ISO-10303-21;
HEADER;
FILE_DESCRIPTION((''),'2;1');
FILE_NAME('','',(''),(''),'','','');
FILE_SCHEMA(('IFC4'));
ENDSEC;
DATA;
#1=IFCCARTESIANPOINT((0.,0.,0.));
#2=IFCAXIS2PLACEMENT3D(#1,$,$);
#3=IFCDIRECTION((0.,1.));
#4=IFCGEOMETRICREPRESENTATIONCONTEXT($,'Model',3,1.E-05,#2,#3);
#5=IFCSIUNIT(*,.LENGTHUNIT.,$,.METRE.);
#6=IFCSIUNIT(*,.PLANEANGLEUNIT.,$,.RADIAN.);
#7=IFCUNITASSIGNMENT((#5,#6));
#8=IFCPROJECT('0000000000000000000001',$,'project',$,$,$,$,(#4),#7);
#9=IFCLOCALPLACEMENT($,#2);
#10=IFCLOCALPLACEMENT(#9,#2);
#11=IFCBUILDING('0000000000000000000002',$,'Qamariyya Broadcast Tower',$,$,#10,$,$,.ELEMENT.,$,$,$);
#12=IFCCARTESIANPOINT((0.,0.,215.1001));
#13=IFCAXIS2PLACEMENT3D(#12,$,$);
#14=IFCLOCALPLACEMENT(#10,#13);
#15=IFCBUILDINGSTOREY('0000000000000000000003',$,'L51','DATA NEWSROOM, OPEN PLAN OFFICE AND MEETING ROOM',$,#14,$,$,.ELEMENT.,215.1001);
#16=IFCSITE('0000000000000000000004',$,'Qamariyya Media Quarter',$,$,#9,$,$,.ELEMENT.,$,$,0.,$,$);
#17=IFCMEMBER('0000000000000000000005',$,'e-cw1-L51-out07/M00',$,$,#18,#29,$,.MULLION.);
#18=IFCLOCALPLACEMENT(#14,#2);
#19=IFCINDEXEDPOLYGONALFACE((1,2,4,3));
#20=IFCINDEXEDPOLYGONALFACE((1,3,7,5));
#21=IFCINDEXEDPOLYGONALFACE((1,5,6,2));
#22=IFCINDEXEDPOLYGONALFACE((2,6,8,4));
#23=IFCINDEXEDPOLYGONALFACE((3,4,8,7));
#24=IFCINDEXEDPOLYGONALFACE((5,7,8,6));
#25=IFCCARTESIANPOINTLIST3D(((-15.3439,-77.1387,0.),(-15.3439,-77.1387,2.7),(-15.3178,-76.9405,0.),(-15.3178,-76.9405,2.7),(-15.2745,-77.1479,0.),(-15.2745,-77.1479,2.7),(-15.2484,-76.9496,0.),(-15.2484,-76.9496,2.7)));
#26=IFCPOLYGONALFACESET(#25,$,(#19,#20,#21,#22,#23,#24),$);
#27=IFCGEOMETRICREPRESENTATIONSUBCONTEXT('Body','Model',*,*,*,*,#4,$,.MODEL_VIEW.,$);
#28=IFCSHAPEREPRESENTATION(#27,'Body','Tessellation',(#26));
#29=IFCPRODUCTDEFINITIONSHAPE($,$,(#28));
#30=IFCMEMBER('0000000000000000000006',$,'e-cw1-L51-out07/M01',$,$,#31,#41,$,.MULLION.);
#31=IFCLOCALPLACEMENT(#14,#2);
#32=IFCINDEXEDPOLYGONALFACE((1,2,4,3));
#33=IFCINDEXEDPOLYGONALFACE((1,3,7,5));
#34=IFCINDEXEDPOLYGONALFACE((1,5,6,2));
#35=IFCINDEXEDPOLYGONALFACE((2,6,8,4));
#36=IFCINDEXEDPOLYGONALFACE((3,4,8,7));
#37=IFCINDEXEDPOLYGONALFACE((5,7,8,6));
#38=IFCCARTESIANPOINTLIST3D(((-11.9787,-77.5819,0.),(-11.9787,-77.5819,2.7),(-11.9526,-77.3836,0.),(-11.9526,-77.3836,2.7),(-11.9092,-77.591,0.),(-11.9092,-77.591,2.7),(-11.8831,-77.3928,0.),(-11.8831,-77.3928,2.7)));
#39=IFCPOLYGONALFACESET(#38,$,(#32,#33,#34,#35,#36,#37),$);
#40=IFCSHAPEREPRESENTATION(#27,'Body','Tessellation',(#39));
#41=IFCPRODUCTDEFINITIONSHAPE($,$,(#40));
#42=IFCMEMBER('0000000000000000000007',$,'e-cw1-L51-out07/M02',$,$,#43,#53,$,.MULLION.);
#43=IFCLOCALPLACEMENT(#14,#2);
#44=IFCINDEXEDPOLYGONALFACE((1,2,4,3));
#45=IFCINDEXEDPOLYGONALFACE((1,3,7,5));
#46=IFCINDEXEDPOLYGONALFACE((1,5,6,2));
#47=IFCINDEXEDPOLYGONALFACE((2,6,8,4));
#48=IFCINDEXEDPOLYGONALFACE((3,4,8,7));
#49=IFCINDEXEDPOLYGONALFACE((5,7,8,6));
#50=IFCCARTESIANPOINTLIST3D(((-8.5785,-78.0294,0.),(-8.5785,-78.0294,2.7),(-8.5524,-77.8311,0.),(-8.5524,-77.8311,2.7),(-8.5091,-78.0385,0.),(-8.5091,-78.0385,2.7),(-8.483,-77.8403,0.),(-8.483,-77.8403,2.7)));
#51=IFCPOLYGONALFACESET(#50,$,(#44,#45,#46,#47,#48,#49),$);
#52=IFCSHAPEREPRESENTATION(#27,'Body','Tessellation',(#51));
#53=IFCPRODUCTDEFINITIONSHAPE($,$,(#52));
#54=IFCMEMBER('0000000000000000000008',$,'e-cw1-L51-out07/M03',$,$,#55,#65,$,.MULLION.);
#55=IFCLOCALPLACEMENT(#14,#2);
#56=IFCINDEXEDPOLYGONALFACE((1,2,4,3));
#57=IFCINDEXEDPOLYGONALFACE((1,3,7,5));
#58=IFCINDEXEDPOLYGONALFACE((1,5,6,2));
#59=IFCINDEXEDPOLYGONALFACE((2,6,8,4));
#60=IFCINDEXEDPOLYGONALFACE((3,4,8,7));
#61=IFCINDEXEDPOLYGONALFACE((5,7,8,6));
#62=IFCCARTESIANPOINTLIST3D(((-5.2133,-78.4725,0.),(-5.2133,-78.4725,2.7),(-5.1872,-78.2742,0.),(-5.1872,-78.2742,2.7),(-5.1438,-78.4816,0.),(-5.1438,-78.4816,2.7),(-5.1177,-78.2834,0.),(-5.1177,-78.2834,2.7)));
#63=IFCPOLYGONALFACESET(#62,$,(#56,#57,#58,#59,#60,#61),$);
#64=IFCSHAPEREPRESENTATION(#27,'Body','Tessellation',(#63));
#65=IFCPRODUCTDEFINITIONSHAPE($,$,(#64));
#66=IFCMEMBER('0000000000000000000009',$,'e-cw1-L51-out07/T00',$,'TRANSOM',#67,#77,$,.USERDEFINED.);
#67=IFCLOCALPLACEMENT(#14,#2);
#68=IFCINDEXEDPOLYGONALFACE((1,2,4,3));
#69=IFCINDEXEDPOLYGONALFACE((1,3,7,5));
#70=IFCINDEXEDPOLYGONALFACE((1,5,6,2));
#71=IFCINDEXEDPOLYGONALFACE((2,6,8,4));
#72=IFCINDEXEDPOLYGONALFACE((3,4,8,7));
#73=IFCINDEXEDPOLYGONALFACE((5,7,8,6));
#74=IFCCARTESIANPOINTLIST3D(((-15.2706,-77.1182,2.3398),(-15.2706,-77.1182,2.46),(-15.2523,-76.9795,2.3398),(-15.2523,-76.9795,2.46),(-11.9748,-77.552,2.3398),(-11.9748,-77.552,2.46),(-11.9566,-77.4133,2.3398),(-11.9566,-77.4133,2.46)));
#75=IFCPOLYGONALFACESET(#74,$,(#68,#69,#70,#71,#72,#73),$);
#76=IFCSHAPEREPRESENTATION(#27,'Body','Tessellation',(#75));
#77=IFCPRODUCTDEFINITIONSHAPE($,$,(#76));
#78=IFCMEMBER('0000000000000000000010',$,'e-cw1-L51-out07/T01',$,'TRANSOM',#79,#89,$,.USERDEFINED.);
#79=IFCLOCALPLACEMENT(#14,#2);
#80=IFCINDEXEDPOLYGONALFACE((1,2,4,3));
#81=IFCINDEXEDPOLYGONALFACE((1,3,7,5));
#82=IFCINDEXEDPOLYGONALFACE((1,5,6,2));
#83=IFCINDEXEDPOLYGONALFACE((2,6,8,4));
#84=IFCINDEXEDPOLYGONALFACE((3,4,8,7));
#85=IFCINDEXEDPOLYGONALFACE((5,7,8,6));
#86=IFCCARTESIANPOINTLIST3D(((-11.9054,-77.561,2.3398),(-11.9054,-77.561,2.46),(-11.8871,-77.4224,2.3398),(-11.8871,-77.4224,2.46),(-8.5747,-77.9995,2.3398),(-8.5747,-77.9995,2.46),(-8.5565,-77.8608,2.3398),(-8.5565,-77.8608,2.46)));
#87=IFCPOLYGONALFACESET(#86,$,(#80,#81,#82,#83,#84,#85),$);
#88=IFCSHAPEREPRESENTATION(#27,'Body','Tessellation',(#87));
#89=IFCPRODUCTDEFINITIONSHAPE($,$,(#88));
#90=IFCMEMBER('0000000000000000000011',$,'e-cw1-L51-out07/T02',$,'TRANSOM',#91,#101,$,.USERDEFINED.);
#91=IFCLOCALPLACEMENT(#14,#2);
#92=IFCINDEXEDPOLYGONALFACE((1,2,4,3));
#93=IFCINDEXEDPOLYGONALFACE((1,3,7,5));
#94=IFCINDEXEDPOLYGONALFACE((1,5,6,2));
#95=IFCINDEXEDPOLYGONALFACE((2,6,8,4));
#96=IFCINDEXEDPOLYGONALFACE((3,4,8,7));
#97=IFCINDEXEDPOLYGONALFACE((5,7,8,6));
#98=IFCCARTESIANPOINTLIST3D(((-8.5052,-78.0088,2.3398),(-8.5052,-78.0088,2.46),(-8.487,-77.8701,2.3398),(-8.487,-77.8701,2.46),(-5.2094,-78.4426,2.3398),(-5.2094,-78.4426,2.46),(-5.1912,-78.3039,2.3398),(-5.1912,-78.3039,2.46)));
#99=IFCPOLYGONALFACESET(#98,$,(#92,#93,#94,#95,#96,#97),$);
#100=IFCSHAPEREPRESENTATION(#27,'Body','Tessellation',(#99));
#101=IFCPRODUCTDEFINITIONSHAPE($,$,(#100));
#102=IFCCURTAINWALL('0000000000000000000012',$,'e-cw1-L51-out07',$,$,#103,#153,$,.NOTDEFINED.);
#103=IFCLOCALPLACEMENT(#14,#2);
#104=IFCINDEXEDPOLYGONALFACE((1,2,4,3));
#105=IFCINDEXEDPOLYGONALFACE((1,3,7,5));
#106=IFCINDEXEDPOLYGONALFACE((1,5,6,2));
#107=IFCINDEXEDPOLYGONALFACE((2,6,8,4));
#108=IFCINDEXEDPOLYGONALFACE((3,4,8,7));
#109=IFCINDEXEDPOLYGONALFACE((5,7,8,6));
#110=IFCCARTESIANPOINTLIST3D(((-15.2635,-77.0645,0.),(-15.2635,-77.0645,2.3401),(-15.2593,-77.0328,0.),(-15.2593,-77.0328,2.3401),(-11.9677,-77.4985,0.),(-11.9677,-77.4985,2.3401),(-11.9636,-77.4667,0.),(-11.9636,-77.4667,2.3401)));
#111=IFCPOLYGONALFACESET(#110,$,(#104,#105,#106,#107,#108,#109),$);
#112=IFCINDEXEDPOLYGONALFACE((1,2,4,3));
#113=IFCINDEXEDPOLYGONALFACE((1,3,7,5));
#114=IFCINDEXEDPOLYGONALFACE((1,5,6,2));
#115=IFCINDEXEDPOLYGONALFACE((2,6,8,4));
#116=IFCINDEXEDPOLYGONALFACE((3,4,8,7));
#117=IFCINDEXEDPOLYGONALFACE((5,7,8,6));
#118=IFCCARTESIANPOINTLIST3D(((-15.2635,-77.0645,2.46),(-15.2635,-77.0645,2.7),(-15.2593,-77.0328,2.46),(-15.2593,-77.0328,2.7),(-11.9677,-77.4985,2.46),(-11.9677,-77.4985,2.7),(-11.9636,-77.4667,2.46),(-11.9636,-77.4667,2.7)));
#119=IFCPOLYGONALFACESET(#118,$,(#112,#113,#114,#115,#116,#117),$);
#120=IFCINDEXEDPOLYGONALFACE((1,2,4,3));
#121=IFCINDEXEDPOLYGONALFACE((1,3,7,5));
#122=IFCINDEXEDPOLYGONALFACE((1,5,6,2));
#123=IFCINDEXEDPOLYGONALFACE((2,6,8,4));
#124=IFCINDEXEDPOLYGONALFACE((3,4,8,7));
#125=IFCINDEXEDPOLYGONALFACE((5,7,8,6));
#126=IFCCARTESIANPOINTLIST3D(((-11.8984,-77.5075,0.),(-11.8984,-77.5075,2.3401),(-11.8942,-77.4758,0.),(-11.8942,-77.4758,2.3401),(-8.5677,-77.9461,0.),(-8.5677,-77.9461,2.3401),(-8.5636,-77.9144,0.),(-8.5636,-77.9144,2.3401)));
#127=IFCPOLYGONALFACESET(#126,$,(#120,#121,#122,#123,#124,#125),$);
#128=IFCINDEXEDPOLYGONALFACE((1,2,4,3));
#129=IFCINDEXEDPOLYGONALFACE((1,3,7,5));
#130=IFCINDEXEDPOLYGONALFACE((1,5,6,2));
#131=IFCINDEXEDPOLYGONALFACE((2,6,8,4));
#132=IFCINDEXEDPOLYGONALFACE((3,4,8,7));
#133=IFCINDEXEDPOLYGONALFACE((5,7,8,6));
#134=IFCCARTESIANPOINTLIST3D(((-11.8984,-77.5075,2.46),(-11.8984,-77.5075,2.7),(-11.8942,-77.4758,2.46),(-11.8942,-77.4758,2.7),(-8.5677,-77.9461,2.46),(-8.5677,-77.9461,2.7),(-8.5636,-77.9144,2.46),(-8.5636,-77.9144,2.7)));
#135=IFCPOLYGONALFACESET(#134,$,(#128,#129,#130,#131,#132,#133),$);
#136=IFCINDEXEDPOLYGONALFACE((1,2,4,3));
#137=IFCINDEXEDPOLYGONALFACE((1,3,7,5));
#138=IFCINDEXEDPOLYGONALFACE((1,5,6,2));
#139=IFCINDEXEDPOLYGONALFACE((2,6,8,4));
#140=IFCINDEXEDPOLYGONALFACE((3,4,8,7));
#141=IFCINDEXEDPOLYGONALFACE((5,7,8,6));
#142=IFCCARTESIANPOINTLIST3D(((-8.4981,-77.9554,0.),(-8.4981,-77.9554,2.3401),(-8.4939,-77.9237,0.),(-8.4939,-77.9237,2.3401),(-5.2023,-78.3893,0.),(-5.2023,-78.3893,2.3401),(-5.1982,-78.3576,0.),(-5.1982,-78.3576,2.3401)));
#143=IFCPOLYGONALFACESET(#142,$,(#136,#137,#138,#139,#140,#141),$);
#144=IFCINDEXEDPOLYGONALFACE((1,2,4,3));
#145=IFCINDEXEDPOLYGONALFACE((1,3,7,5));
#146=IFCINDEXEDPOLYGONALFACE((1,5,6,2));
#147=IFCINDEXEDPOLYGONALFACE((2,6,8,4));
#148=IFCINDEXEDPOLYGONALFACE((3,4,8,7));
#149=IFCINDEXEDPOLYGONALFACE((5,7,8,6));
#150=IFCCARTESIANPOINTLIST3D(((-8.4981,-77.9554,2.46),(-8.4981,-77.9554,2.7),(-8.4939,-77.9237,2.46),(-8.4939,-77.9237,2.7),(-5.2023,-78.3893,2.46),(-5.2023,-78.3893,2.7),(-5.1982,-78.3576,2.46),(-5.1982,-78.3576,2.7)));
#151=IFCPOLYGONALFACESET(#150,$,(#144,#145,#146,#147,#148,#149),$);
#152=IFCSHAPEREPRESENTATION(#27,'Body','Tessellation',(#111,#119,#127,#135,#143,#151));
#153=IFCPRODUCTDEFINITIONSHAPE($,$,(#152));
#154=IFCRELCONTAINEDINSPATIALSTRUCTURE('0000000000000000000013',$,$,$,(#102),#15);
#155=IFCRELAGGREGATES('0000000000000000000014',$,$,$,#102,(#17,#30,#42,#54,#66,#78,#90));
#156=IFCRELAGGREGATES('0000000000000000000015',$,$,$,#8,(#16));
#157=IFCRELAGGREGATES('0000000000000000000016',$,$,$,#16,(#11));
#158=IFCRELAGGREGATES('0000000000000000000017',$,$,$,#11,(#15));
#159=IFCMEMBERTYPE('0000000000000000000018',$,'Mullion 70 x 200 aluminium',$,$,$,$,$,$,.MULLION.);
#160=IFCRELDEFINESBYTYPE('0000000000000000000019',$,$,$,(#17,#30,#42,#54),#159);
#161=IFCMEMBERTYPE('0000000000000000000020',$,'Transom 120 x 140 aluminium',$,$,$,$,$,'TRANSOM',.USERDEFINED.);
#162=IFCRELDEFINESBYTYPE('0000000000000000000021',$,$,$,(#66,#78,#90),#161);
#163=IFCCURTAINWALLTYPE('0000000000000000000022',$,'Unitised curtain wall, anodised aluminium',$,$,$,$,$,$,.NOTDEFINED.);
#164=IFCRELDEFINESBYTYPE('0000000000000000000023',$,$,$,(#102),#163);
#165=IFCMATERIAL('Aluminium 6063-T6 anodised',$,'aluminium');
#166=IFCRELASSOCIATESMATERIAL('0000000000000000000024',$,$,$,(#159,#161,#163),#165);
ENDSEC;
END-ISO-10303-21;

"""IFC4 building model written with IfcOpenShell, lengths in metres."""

from ifc_helpers import new_model, si_unit, direction, frame, origin, origin_2d, place, context, subcontext, project, spatial, rectangle, extrude, material, material_profile, profile_set, type_object, element, aggregate, save


model = new_model("IFC4")

# Units and contexts
model_context = context("Model", 3, precision=1e-05, world=origin(), true_north=direction((0.0, 1.0)))
body_context = subcontext(model_context, "Body", "Model", "MODEL_VIEW")
ifc_project = project(units=[si_unit("LENGTHUNIT", "METRE"), si_unit("PLANEANGLEUNIT", "RADIAN")], contexts=[model_context])

# Members
ifc_material = material(Name="Aluminium 6063-T6 anodised", Category="aluminium")
ifc_material_profile_1 = material_profile(ifc_material, rectangle(XDim=0.2, YDim=0.0701, at=origin_2d()))
ifc_profile_set_1 = profile_set([ifc_material_profile_1], Name="Aluminium 6063-T6 anodised")
member_type_1 = type_object("IfcMemberType", Name="Mullion 70 x 200 aluminium", PredefinedType="MULLION", material=ifc_profile_set_1)
site_placement = place(None, origin())
building_placement = place(site_placement, origin())
storey_placement = place(building_placement, frame((0.0, 0.0, 215.1001)))
member_1_placement = place(storey_placement, frame((-15.2961, -77.0442, 0.0), z_axis=(0.0, 0.0, 1.0), x_axis=(0.130526, 0.991445, 0.0)))
member_1 = element("IfcMember", 1, at=member_1_placement, type_object=member_type_1, Name="e-cw1-L51-out07/M00", PredefinedType="MULLION", context=body_context, shape_type="SweptSolid", body=[
    extrude(rectangle(XDim=0.2, YDim=0.0701, at=origin_2d()), origin(), (0.0, 0.0, 1.0), 2.7),
])
member_2_placement = place(storey_placement, frame((-11.9309, -77.4873, 0.0), z_axis=(0.0, 0.0, 1.0), x_axis=(0.130526, 0.991445, 0.0)))
member_2 = element("IfcMember", 2, at=member_2_placement, type_object=member_type_1, Name="e-cw1-L51-out07/M01", PredefinedType="MULLION", context=body_context, shape_type="SweptSolid", body=[
    extrude(rectangle(XDim=0.2, YDim=0.0701, at=origin_2d()), origin(), (0.0, 0.0, 1.0), 2.7),
])
member_3_placement = place(storey_placement, frame((-8.5308, -77.9348, 0.0), z_axis=(0.0, 0.0, 1.0), x_axis=(0.130526, 0.991445, 0.0)))
member_3 = element("IfcMember", 3, at=member_3_placement, type_object=member_type_1, Name="e-cw1-L51-out07/M02", PredefinedType="MULLION", context=body_context, shape_type="SweptSolid", body=[
    extrude(rectangle(XDim=0.2, YDim=0.0701, at=origin_2d()), origin(), (0.0, 0.0, 1.0), 2.7),
])
member_4_placement = place(storey_placement, frame((-5.1655, -78.3779, 0.0), z_axis=(0.0, 0.0, 1.0), x_axis=(0.130526, 0.991445, 0.0)))
member_4 = element("IfcMember", 4, at=member_4_placement, type_object=member_type_1, Name="e-cw1-L51-out07/M03", PredefinedType="MULLION", context=body_context, shape_type="SweptSolid", body=[
    extrude(rectangle(XDim=0.2, YDim=0.0701, at=origin_2d()), origin(), (0.0, 0.0, 1.0), 2.7),
])
ifc_material_profile_2 = material_profile(ifc_material, rectangle(XDim=0.1399, YDim=0.1201, at=origin_2d()))
ifc_profile_set_2 = profile_set([ifc_material_profile_2], Name="Aluminium 6063-T6 anodised")
member_type_2 = type_object("IfcMemberType", Name="Transom 120 x 140 aluminium", ElementType="TRANSOM", PredefinedType="USERDEFINED", material=ifc_profile_set_2)
member_5_placement = place(storey_placement, frame((-15.2615, -77.0488, 2.3999), z_axis=(0.991448, -0.130504, 0.0), x_axis=(0.130504, 0.991448, 0.0)))
member_5 = element("IfcMember", 5, at=member_5_placement, type_object=member_type_2, Name="e-cw1-L51-out07/T00", ObjectType="TRANSOM", PredefinedType="USERDEFINED", context=body_context, shape_type="SweptSolid", body=[
    extrude(rectangle(XDim=0.1399, YDim=0.1201, at=origin_2d()), origin(), (0.0, 0.0, 1.0), 3.3242),
])
member_6_placement = place(storey_placement, frame((-11.8962, -77.4917, 2.3999), z_axis=(0.991445, -0.130526, 0.0), x_axis=(0.130526, 0.991445, 0.0)))
member_6 = element("IfcMember", 6, at=member_6_placement, type_object=member_type_2, Name="e-cw1-L51-out07/T01", ObjectType="TRANSOM", PredefinedType="USERDEFINED", context=body_context, shape_type="SweptSolid", body=[
    extrude(rectangle(XDim=0.1399, YDim=0.1201, at=origin_2d()), origin(), (0.0, 0.0, 1.0), 3.3594),
])
member_7_placement = place(storey_placement, frame((-8.4961, -77.9395, 2.3999), z_axis=(0.991448, -0.130504, 0.0), x_axis=(0.130504, 0.991448, 0.0)))
member_7 = element("IfcMember", 7, at=member_7_placement, type_object=member_type_2, Name="e-cw1-L51-out07/T02", ObjectType="TRANSOM", PredefinedType="USERDEFINED", context=body_context, shape_type="SweptSolid", body=[
    extrude(rectangle(XDim=0.1399, YDim=0.1201, at=origin_2d()), origin(), (0.0, 0.0, 1.0), 3.3242),
])

# Site, building, storey
site = spatial("IfcSite", under=ifc_project, at=site_placement, Name="Qamariyya Media Quarter", CompositionType="ELEMENT", RefElevation=0.0)
building = spatial("IfcBuilding", under=site, at=building_placement, Name="Qamariyya Broadcast Tower", CompositionType="ELEMENT")
storey = spatial("IfcBuildingStorey", under=building, at=storey_placement, Name="L51", Description="DATA NEWSROOM, OPEN PLAN OFFICE AND MEETING ROOM", CompositionType="ELEMENT", Elevation=215.1001)

# Curtain wall
curtain_wall_type = type_object("IfcCurtainWallType", Name="Unitised curtain wall, anodised aluminium", PredefinedType="NOTDEFINED", material=ifc_material)
curtain_wall_1_placement = place(storey_placement, origin())
curtain_wall_1 = element("IfcCurtainWall", 8, at=curtain_wall_1_placement, inside=storey, type_object=curtain_wall_type, Name="e-cw1-L51-out07", PredefinedType="NOTDEFINED", context=body_context, shape_type="SweptSolid", body=[
    extrude(rectangle(XDim=3.3242, YDim=0.032, at=origin_2d()), frame((-13.6135, -77.2656, 0.0), x_axis=(0.991443, -0.130542, 0.0)), (0.0, 0.0, 1.0), 2.3401),
    extrude(rectangle(XDim=3.3242, YDim=0.032, at=origin_2d()), frame((-13.6135, -77.2656, 2.46), x_axis=(0.991443, -0.130542, 0.0)), (0.0, 0.0, 1.0), 0.24),
    extrude(rectangle(XDim=3.3594, YDim=0.032, at=origin_2d()), frame((-10.231, -77.7109, 0.0), x_axis=(0.991443, -0.130542, 0.0)), (0.0, 0.0, 1.0), 2.3401),
    extrude(rectangle(XDim=3.3594, YDim=0.032, at=origin_2d()), frame((-10.231, -77.7109, 2.46), x_axis=(0.991443, -0.130542, 0.0)), (0.0, 0.0, 1.0), 0.24),
    extrude(rectangle(XDim=3.3242, YDim=0.032, at=origin_2d()), frame((-6.8481, -78.1565, 0.0), x_axis=(0.991443, -0.130542, 0.0)), (0.0, 0.0, 1.0), 2.3401),
    extrude(rectangle(XDim=3.3242, YDim=0.032, at=origin_2d()), frame((-6.8481, -78.1565, 2.46), x_axis=(0.991443, -0.130542, 0.0)), (0.0, 0.0, 1.0), 0.24),
])
aggregate(curtain_wall_1, [member_1, member_2, member_3, member_4, member_5, member_6, member_7])

save(model, "model.ifc")
